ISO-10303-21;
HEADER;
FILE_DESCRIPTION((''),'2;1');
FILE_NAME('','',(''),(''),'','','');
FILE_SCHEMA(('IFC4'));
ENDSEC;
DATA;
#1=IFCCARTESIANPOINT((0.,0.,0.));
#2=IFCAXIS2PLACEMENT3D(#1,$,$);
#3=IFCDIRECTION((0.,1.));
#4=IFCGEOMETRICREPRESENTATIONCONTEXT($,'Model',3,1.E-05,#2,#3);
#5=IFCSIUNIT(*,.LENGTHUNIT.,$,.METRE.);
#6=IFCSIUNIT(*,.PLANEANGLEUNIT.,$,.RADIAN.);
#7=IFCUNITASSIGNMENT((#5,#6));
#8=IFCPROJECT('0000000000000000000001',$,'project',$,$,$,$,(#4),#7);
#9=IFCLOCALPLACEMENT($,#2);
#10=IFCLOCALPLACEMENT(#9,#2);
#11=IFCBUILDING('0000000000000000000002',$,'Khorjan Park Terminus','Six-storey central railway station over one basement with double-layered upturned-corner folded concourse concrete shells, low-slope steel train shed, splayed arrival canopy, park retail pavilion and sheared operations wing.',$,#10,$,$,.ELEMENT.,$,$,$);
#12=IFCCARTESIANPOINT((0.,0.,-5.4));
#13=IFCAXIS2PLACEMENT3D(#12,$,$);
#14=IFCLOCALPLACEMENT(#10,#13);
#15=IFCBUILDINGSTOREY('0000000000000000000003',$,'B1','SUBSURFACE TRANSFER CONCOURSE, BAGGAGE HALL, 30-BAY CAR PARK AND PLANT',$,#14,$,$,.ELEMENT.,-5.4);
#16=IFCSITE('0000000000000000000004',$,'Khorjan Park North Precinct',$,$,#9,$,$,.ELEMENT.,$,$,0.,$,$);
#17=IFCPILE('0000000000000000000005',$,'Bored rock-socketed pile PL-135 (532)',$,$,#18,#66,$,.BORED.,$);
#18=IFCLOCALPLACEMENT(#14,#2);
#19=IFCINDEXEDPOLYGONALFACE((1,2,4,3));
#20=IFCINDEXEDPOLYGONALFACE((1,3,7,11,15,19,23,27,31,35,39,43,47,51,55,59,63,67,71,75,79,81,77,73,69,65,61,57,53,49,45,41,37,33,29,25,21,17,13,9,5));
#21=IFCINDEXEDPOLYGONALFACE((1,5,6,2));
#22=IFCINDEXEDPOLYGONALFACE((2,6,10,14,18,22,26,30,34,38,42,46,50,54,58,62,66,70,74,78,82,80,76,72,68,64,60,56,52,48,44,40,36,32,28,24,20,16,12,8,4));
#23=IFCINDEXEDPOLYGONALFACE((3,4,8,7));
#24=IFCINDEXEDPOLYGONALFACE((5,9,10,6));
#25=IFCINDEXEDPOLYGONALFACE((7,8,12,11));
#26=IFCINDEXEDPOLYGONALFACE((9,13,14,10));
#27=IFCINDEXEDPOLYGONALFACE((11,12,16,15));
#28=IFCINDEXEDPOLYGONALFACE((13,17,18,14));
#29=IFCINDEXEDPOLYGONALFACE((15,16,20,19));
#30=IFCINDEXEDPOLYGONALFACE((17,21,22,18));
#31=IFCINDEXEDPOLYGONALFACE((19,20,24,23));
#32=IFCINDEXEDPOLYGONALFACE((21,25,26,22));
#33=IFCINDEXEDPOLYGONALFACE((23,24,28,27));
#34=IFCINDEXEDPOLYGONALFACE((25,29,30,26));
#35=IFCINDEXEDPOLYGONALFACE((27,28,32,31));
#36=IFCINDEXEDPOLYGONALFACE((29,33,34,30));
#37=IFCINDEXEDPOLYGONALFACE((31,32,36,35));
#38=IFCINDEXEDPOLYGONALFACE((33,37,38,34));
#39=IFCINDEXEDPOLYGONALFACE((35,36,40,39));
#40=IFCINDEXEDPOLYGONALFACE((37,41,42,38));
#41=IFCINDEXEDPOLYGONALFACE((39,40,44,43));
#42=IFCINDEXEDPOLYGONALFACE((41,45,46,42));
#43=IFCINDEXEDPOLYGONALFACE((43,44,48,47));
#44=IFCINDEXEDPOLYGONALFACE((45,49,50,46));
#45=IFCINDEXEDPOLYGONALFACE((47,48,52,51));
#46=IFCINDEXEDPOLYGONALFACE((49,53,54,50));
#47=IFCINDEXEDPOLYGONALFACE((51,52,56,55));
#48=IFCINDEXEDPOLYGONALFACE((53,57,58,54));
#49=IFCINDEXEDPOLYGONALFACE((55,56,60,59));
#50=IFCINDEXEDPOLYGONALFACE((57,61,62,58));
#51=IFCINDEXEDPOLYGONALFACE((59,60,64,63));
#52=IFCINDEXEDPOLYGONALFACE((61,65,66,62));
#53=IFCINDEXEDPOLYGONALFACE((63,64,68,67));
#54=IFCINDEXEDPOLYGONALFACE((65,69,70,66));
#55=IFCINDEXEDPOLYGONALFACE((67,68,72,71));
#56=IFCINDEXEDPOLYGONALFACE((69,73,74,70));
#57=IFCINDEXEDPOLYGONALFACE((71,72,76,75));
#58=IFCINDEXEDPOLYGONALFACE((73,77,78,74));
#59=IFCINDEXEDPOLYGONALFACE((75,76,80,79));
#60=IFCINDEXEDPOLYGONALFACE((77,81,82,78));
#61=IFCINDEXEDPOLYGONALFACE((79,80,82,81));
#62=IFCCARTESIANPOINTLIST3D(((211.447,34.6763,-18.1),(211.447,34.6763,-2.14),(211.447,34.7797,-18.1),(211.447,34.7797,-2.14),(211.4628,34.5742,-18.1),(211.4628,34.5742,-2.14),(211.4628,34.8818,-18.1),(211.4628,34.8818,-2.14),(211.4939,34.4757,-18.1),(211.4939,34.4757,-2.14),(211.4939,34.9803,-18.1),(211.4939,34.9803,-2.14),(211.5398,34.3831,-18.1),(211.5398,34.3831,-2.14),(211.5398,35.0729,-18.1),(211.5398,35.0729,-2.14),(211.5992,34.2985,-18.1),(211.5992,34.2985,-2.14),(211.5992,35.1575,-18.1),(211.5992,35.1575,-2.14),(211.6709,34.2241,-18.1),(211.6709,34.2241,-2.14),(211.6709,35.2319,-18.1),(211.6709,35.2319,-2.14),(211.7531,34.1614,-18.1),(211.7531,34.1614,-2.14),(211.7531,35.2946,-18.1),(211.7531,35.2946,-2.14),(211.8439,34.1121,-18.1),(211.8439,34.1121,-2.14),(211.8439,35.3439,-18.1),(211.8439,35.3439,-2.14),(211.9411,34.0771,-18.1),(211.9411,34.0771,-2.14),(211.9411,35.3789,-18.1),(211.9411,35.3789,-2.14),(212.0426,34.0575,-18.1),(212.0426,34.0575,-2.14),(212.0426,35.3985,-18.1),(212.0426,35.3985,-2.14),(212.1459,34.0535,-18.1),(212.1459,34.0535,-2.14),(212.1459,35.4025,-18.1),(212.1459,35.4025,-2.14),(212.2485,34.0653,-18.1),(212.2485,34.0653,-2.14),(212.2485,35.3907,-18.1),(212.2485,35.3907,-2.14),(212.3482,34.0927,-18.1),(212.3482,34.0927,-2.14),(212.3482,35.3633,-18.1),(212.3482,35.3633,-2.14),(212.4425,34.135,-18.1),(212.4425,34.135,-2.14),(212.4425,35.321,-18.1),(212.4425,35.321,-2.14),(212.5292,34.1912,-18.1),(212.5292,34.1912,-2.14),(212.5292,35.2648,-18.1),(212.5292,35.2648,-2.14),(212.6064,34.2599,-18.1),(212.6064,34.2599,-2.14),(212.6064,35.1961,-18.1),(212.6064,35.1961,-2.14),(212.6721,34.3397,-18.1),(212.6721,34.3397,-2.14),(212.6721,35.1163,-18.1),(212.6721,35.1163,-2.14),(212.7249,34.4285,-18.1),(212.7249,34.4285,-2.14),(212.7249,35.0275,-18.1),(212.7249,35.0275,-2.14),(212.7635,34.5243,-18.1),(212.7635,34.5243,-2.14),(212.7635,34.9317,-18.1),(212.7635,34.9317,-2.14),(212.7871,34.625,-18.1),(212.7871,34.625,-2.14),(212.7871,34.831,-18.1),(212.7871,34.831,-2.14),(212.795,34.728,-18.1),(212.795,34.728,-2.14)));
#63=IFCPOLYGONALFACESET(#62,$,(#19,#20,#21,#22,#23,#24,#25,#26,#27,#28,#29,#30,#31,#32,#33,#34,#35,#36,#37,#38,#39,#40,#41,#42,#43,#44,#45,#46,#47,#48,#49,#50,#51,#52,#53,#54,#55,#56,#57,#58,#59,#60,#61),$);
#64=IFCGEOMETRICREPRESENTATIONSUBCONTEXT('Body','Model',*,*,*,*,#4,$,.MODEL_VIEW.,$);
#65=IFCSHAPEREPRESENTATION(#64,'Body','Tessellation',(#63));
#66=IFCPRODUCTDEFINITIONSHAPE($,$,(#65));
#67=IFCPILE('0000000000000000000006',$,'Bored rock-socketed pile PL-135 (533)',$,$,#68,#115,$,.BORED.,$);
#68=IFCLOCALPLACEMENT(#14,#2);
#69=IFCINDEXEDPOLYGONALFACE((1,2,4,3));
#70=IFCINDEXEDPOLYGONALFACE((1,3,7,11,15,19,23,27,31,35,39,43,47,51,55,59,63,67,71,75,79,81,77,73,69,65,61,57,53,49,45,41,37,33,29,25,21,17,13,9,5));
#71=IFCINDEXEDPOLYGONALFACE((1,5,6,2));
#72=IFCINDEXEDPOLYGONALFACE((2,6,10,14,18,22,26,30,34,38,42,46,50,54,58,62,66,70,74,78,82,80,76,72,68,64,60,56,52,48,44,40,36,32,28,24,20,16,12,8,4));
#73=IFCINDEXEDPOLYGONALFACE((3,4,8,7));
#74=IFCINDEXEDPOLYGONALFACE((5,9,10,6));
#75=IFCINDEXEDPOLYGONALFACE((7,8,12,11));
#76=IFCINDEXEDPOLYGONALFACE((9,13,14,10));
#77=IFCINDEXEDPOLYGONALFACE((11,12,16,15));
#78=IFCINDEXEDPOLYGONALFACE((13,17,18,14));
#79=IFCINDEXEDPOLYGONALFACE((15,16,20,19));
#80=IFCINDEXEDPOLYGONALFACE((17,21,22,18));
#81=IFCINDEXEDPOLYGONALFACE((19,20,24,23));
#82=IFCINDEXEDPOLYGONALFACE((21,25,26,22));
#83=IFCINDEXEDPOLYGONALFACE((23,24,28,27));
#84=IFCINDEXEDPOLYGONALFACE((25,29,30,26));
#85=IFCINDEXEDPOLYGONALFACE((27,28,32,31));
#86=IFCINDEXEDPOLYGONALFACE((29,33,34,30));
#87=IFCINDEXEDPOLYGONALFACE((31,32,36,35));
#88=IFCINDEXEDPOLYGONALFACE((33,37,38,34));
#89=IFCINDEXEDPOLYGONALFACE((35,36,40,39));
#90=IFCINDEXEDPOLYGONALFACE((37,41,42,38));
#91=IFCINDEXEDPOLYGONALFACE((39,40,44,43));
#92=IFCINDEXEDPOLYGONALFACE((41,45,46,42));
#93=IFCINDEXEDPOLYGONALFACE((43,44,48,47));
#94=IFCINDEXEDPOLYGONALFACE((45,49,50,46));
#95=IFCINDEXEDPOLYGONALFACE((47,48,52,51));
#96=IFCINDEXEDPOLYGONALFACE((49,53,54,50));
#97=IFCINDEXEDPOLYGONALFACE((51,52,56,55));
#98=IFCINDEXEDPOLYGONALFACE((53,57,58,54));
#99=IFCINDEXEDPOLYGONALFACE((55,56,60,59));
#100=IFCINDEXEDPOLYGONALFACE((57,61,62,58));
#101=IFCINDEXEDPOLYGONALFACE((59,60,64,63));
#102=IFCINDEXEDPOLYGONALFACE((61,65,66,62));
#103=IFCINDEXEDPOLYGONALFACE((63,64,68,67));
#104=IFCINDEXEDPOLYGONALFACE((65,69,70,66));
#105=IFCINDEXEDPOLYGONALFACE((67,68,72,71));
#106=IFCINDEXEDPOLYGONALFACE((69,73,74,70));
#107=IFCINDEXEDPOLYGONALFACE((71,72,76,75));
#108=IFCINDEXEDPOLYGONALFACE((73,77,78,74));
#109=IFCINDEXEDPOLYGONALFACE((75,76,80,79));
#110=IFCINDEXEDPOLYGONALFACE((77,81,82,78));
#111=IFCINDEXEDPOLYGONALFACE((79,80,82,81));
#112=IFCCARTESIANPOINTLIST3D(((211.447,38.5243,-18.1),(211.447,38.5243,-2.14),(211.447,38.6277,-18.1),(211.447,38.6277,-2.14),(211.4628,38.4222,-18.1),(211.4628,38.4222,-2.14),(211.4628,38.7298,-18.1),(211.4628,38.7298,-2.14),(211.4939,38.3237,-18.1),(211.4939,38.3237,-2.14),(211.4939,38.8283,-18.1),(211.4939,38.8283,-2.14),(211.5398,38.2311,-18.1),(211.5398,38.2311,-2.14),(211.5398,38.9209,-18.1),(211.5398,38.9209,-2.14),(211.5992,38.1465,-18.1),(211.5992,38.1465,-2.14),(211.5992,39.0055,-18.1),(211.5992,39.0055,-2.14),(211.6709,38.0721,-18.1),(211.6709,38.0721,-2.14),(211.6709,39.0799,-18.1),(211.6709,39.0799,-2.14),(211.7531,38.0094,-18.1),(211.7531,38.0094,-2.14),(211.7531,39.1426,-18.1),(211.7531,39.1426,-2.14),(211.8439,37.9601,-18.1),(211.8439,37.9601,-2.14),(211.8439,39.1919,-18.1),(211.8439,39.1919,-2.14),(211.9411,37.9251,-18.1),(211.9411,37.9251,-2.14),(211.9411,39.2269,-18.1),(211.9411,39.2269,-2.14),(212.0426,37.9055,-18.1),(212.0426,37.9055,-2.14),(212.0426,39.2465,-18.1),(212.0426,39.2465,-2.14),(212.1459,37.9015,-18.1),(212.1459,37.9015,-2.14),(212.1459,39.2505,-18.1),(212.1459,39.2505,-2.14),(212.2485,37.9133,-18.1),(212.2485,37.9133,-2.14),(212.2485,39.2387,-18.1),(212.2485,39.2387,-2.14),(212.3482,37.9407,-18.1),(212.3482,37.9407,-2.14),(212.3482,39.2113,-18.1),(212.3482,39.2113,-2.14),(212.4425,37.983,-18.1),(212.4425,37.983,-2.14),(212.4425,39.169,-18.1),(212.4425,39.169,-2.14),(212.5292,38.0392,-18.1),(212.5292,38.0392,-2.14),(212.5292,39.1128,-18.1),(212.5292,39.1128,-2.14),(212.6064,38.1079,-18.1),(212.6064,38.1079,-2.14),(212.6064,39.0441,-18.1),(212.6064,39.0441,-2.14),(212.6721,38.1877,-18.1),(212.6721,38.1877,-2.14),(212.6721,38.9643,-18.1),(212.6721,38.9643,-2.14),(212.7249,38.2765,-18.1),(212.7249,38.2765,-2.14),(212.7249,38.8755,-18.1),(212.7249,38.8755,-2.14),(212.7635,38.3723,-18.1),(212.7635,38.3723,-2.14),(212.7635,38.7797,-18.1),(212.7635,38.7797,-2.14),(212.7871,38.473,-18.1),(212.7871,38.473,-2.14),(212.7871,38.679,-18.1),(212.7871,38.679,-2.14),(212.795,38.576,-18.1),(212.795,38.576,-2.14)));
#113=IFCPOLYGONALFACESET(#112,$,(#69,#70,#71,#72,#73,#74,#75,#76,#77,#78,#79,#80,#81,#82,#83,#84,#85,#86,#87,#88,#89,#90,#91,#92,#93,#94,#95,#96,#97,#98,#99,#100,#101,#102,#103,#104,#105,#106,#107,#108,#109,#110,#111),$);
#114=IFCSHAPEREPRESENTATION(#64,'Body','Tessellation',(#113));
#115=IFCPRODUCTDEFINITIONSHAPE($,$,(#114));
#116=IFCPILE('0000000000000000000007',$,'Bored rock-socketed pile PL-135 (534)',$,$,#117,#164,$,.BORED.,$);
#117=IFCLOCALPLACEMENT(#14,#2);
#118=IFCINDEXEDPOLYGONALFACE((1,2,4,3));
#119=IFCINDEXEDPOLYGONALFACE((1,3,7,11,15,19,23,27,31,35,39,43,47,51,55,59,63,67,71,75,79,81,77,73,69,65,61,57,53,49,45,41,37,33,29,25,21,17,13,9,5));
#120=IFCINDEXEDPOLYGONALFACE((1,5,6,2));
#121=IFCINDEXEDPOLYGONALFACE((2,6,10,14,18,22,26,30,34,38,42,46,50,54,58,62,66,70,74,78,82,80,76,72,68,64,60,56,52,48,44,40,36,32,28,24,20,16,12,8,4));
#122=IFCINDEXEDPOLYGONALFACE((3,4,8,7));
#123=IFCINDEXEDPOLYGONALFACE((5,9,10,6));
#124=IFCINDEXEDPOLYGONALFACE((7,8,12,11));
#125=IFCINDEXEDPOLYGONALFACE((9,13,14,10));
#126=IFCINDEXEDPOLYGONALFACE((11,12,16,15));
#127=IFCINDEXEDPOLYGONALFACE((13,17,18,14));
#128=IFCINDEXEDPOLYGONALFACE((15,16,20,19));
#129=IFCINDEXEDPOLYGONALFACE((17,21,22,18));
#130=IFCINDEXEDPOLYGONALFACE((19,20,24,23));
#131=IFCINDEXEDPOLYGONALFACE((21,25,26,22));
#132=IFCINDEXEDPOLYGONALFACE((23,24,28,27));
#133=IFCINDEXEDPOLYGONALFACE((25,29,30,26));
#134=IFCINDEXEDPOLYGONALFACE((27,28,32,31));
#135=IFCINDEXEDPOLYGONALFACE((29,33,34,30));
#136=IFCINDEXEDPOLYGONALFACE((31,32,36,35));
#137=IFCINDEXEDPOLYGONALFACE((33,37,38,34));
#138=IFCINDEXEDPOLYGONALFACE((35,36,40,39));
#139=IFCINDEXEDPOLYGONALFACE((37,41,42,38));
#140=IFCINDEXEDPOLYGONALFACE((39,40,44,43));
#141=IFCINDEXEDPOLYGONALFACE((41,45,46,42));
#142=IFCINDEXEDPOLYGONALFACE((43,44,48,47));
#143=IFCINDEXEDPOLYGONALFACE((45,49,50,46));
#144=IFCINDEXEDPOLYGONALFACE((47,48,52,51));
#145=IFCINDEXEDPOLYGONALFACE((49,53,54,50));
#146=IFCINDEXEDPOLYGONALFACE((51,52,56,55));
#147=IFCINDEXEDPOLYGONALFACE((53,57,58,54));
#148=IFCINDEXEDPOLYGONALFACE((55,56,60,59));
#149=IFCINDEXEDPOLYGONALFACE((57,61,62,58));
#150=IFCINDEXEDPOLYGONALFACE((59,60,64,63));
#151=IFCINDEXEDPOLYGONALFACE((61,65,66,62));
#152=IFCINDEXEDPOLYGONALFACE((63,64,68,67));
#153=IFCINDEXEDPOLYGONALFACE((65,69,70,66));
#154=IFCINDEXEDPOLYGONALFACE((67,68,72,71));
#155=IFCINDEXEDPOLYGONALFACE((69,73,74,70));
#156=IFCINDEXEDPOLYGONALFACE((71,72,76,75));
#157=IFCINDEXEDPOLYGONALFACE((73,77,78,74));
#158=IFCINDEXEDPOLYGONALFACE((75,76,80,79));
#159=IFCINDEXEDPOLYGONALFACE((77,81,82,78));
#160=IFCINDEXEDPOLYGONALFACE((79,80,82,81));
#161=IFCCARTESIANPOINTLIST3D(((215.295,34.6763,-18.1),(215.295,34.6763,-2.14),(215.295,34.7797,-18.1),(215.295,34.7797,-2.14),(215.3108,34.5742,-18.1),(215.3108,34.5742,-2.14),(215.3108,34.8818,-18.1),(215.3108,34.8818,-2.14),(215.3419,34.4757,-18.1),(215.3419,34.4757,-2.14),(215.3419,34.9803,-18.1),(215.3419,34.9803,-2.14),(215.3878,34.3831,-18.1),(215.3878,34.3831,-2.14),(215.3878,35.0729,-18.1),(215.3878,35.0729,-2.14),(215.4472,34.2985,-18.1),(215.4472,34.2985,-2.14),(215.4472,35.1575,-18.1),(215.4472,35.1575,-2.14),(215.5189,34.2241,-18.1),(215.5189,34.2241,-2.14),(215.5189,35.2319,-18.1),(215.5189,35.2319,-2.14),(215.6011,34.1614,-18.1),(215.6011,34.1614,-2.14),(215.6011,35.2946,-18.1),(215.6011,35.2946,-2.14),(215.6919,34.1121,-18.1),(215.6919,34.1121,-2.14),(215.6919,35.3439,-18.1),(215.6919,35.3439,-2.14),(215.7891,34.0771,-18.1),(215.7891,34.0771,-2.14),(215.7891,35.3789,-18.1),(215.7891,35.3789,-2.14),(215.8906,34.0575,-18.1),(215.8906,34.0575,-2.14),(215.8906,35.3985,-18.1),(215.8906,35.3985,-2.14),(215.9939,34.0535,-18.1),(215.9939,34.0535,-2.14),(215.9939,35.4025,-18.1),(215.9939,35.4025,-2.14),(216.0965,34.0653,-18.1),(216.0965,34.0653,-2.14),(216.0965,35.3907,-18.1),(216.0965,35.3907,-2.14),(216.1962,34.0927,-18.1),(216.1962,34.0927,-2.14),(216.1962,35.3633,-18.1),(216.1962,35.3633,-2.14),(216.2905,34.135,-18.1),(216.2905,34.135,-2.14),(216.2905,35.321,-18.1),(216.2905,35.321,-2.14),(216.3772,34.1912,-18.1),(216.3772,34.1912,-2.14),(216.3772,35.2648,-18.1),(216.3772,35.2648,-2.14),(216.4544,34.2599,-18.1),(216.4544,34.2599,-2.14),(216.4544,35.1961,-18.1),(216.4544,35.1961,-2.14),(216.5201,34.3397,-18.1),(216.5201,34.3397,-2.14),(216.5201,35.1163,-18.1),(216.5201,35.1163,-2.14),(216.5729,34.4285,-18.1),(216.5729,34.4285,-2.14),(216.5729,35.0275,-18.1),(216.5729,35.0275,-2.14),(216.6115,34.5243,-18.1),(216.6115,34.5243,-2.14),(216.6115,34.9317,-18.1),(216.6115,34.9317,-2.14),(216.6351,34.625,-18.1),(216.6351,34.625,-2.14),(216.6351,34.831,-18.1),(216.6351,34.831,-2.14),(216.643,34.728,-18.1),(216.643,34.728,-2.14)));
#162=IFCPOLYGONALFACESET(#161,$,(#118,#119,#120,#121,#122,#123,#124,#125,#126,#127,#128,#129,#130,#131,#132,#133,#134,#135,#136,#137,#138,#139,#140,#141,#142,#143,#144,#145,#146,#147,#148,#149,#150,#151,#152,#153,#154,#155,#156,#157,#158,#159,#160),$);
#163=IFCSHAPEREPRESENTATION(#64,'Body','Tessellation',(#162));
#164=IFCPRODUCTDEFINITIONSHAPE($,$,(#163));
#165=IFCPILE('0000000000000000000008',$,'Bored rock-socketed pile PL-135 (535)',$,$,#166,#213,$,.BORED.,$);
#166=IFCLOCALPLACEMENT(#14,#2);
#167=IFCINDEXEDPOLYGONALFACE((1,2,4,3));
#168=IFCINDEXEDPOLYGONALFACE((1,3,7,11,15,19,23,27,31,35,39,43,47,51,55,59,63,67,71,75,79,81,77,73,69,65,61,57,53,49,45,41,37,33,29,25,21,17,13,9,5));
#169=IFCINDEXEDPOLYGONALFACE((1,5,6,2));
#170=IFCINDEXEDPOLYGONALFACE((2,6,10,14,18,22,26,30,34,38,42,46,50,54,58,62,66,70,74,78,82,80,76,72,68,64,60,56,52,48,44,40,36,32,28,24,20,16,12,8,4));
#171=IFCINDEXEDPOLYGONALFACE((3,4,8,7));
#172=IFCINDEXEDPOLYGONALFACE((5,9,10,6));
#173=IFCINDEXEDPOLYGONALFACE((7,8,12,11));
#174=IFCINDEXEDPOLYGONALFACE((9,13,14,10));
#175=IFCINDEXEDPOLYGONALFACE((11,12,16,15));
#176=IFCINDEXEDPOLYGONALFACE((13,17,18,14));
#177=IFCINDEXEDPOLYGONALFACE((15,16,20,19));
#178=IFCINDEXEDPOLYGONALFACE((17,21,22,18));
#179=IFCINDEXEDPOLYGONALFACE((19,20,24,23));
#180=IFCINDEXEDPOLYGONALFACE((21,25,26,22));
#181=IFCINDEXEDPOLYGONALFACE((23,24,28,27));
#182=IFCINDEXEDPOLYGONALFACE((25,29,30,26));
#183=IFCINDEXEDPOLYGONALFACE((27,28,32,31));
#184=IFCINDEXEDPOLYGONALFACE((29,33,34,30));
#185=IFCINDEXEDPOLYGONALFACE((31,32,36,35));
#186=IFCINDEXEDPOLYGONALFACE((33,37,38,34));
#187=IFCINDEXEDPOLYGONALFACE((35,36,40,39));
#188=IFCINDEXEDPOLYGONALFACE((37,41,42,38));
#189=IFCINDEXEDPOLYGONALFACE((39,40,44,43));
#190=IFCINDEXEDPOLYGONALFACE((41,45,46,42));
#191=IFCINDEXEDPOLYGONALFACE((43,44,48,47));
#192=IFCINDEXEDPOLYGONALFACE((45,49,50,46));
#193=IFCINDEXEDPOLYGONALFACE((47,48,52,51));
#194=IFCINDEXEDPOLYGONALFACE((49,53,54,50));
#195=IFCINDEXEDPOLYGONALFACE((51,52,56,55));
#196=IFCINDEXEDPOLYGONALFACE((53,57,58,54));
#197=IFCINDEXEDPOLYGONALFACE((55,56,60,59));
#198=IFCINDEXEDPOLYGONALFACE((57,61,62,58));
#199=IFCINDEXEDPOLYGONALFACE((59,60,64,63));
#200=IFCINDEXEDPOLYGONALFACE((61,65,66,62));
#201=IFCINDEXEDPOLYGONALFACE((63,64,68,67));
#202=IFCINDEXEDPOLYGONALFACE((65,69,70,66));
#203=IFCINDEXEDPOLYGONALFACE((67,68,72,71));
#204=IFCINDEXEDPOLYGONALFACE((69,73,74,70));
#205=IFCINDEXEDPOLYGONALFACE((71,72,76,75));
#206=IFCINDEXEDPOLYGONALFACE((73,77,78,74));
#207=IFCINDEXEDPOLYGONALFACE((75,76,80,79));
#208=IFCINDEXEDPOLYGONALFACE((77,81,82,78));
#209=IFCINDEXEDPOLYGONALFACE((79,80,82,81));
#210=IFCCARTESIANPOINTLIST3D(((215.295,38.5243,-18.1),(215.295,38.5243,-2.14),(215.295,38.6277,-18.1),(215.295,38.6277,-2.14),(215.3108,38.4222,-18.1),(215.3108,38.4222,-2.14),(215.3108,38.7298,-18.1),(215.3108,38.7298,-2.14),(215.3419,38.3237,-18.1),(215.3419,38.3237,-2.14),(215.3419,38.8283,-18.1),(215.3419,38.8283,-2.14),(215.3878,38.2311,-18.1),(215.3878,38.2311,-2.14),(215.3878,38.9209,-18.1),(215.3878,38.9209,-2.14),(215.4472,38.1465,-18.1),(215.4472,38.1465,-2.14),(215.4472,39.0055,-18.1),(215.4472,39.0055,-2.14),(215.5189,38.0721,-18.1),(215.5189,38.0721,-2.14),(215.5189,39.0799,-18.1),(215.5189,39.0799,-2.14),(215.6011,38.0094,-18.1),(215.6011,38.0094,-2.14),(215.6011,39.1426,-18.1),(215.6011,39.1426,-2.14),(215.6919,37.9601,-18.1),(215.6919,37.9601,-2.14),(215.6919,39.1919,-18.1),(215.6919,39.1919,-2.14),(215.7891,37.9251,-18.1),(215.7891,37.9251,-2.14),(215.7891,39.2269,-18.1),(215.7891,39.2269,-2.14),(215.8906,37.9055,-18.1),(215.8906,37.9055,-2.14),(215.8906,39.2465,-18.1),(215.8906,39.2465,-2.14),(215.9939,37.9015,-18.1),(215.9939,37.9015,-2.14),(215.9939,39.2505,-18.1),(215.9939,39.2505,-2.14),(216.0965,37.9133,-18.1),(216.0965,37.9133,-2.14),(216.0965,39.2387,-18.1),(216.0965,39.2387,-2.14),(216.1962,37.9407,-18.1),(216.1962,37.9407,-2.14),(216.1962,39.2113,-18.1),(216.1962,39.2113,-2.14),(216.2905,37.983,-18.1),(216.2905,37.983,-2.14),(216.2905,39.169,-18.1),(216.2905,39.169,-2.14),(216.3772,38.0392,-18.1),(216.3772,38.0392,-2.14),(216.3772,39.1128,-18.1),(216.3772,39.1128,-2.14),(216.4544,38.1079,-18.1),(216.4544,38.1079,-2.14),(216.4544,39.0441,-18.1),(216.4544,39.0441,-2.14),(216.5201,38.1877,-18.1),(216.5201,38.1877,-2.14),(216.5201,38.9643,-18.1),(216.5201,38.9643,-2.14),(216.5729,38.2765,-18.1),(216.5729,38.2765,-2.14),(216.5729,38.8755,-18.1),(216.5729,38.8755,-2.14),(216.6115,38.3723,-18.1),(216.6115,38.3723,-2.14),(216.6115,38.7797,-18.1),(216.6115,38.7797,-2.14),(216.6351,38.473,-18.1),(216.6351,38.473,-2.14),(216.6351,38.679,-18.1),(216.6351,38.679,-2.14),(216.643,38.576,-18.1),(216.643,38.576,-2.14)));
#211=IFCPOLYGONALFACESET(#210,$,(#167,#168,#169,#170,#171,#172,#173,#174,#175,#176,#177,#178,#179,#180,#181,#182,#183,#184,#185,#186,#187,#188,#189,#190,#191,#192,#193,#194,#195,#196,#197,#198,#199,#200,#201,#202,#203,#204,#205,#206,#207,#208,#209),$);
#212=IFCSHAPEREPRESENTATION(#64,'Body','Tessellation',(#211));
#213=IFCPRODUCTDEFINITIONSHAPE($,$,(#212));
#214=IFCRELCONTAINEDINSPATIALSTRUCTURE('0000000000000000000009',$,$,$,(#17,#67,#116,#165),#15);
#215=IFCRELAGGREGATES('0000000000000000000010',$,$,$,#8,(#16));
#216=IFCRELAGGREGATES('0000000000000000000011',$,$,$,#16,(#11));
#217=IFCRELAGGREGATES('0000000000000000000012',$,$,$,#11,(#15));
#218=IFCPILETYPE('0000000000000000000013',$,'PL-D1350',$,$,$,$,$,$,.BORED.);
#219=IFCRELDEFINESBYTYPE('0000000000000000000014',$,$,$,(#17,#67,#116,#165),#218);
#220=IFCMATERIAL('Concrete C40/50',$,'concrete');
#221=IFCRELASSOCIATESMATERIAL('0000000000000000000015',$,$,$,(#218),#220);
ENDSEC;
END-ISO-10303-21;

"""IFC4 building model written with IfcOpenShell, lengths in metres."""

from ifc_helpers import new_model, si_unit, direction, frame, origin, origin_2d, place, context, subcontext, project, spatial, circle, extrude, material, material_profile, profile_set, type_object, element, save


model = new_model("IFC4")

# Units and contexts
model_context = context("Model", 3, precision=1e-05, world=origin(), true_north=direction((0.0, 1.0)))
body_context = subcontext(model_context, "Body", "Model", "MODEL_VIEW")
ifc_project = project(units=[si_unit("LENGTHUNIT", "METRE"), si_unit("PLANEANGLEUNIT", "RADIAN")], contexts=[model_context])

# Site, building, storey
site_placement = place(None, origin())
site = spatial("IfcSite", under=ifc_project, at=site_placement, Name="Khorjan Park North Precinct", CompositionType="ELEMENT", RefElevation=0.0)
building_placement = place(site_placement, origin())
building = spatial("IfcBuilding", under=site, at=building_placement, Name="Khorjan Park Terminus", Description="Six-storey central railway station over one basement with double-layered upturned-corner folded concourse concrete shells, low-slope steel train shed, splayed arrival canopy, park retail pavilion and sheared operations wing.", CompositionType="ELEMENT")
storey_placement = place(building_placement, frame((0.0, 0.0, -5.4)))
storey = spatial("IfcBuildingStorey", under=building, at=storey_placement, Name="B1", Description="SUBSURFACE TRANSFER CONCOURSE, BAGGAGE HALL, 30-BAY CAR PARK AND PLANT", CompositionType="ELEMENT", Elevation=-5.4)

# Piles
ifc_material_1 = material(Name="Concrete C40/50", Category="concrete")
ifc_material_profile_1 = material_profile(ifc_material_1, circle(Radius=0.675, at=origin_2d()), Name="BORED D1350")
ifc_profile_set_1 = profile_set([ifc_material_profile_1], Name="Concrete C40/50")
pile_type = type_object("IfcPileType", Name="PL-D1350", PredefinedType="BORED", material=ifc_profile_set_1)
for number, where, z_axis, x_axis, name in (
    (1, (212.12, 34.728, -2.14), (0.0, 0.0, -1.0), (1.0, 0.0, 0.0), "Bored rock-socketed pile PL-135 (532)"),
    (2, (212.12, 38.576, -2.14), (0.0, 0.0, -1.0), (1.0, 0.0, 0.0), "Bored rock-socketed pile PL-135 (533)"),
    (3, (215.968, 34.728, -2.14), (0.0, 0.0, -1.0), (1.0, 0.0, 0.0), "Bored rock-socketed pile PL-135 (534)"),
    (4, (215.968, 38.576, -2.14), (0.0, 0.0, -1.0), (1.0, 0.0, 0.0), "Bored rock-socketed pile PL-135 (535)"),
):
    element("IfcPile", number, at=place(storey_placement, frame(where, z_axis=z_axis, x_axis=x_axis)), inside=storey, type_object=pile_type, Name=name, PredefinedType="BORED", context=body_context, shape_type="SweptSolid", body=[
        extrude(circle(Radius=0.675, at=origin_2d()), origin(), (0.0, 0.0, 1.0), 15.96),
    ])

save(model, "model.ifc")
